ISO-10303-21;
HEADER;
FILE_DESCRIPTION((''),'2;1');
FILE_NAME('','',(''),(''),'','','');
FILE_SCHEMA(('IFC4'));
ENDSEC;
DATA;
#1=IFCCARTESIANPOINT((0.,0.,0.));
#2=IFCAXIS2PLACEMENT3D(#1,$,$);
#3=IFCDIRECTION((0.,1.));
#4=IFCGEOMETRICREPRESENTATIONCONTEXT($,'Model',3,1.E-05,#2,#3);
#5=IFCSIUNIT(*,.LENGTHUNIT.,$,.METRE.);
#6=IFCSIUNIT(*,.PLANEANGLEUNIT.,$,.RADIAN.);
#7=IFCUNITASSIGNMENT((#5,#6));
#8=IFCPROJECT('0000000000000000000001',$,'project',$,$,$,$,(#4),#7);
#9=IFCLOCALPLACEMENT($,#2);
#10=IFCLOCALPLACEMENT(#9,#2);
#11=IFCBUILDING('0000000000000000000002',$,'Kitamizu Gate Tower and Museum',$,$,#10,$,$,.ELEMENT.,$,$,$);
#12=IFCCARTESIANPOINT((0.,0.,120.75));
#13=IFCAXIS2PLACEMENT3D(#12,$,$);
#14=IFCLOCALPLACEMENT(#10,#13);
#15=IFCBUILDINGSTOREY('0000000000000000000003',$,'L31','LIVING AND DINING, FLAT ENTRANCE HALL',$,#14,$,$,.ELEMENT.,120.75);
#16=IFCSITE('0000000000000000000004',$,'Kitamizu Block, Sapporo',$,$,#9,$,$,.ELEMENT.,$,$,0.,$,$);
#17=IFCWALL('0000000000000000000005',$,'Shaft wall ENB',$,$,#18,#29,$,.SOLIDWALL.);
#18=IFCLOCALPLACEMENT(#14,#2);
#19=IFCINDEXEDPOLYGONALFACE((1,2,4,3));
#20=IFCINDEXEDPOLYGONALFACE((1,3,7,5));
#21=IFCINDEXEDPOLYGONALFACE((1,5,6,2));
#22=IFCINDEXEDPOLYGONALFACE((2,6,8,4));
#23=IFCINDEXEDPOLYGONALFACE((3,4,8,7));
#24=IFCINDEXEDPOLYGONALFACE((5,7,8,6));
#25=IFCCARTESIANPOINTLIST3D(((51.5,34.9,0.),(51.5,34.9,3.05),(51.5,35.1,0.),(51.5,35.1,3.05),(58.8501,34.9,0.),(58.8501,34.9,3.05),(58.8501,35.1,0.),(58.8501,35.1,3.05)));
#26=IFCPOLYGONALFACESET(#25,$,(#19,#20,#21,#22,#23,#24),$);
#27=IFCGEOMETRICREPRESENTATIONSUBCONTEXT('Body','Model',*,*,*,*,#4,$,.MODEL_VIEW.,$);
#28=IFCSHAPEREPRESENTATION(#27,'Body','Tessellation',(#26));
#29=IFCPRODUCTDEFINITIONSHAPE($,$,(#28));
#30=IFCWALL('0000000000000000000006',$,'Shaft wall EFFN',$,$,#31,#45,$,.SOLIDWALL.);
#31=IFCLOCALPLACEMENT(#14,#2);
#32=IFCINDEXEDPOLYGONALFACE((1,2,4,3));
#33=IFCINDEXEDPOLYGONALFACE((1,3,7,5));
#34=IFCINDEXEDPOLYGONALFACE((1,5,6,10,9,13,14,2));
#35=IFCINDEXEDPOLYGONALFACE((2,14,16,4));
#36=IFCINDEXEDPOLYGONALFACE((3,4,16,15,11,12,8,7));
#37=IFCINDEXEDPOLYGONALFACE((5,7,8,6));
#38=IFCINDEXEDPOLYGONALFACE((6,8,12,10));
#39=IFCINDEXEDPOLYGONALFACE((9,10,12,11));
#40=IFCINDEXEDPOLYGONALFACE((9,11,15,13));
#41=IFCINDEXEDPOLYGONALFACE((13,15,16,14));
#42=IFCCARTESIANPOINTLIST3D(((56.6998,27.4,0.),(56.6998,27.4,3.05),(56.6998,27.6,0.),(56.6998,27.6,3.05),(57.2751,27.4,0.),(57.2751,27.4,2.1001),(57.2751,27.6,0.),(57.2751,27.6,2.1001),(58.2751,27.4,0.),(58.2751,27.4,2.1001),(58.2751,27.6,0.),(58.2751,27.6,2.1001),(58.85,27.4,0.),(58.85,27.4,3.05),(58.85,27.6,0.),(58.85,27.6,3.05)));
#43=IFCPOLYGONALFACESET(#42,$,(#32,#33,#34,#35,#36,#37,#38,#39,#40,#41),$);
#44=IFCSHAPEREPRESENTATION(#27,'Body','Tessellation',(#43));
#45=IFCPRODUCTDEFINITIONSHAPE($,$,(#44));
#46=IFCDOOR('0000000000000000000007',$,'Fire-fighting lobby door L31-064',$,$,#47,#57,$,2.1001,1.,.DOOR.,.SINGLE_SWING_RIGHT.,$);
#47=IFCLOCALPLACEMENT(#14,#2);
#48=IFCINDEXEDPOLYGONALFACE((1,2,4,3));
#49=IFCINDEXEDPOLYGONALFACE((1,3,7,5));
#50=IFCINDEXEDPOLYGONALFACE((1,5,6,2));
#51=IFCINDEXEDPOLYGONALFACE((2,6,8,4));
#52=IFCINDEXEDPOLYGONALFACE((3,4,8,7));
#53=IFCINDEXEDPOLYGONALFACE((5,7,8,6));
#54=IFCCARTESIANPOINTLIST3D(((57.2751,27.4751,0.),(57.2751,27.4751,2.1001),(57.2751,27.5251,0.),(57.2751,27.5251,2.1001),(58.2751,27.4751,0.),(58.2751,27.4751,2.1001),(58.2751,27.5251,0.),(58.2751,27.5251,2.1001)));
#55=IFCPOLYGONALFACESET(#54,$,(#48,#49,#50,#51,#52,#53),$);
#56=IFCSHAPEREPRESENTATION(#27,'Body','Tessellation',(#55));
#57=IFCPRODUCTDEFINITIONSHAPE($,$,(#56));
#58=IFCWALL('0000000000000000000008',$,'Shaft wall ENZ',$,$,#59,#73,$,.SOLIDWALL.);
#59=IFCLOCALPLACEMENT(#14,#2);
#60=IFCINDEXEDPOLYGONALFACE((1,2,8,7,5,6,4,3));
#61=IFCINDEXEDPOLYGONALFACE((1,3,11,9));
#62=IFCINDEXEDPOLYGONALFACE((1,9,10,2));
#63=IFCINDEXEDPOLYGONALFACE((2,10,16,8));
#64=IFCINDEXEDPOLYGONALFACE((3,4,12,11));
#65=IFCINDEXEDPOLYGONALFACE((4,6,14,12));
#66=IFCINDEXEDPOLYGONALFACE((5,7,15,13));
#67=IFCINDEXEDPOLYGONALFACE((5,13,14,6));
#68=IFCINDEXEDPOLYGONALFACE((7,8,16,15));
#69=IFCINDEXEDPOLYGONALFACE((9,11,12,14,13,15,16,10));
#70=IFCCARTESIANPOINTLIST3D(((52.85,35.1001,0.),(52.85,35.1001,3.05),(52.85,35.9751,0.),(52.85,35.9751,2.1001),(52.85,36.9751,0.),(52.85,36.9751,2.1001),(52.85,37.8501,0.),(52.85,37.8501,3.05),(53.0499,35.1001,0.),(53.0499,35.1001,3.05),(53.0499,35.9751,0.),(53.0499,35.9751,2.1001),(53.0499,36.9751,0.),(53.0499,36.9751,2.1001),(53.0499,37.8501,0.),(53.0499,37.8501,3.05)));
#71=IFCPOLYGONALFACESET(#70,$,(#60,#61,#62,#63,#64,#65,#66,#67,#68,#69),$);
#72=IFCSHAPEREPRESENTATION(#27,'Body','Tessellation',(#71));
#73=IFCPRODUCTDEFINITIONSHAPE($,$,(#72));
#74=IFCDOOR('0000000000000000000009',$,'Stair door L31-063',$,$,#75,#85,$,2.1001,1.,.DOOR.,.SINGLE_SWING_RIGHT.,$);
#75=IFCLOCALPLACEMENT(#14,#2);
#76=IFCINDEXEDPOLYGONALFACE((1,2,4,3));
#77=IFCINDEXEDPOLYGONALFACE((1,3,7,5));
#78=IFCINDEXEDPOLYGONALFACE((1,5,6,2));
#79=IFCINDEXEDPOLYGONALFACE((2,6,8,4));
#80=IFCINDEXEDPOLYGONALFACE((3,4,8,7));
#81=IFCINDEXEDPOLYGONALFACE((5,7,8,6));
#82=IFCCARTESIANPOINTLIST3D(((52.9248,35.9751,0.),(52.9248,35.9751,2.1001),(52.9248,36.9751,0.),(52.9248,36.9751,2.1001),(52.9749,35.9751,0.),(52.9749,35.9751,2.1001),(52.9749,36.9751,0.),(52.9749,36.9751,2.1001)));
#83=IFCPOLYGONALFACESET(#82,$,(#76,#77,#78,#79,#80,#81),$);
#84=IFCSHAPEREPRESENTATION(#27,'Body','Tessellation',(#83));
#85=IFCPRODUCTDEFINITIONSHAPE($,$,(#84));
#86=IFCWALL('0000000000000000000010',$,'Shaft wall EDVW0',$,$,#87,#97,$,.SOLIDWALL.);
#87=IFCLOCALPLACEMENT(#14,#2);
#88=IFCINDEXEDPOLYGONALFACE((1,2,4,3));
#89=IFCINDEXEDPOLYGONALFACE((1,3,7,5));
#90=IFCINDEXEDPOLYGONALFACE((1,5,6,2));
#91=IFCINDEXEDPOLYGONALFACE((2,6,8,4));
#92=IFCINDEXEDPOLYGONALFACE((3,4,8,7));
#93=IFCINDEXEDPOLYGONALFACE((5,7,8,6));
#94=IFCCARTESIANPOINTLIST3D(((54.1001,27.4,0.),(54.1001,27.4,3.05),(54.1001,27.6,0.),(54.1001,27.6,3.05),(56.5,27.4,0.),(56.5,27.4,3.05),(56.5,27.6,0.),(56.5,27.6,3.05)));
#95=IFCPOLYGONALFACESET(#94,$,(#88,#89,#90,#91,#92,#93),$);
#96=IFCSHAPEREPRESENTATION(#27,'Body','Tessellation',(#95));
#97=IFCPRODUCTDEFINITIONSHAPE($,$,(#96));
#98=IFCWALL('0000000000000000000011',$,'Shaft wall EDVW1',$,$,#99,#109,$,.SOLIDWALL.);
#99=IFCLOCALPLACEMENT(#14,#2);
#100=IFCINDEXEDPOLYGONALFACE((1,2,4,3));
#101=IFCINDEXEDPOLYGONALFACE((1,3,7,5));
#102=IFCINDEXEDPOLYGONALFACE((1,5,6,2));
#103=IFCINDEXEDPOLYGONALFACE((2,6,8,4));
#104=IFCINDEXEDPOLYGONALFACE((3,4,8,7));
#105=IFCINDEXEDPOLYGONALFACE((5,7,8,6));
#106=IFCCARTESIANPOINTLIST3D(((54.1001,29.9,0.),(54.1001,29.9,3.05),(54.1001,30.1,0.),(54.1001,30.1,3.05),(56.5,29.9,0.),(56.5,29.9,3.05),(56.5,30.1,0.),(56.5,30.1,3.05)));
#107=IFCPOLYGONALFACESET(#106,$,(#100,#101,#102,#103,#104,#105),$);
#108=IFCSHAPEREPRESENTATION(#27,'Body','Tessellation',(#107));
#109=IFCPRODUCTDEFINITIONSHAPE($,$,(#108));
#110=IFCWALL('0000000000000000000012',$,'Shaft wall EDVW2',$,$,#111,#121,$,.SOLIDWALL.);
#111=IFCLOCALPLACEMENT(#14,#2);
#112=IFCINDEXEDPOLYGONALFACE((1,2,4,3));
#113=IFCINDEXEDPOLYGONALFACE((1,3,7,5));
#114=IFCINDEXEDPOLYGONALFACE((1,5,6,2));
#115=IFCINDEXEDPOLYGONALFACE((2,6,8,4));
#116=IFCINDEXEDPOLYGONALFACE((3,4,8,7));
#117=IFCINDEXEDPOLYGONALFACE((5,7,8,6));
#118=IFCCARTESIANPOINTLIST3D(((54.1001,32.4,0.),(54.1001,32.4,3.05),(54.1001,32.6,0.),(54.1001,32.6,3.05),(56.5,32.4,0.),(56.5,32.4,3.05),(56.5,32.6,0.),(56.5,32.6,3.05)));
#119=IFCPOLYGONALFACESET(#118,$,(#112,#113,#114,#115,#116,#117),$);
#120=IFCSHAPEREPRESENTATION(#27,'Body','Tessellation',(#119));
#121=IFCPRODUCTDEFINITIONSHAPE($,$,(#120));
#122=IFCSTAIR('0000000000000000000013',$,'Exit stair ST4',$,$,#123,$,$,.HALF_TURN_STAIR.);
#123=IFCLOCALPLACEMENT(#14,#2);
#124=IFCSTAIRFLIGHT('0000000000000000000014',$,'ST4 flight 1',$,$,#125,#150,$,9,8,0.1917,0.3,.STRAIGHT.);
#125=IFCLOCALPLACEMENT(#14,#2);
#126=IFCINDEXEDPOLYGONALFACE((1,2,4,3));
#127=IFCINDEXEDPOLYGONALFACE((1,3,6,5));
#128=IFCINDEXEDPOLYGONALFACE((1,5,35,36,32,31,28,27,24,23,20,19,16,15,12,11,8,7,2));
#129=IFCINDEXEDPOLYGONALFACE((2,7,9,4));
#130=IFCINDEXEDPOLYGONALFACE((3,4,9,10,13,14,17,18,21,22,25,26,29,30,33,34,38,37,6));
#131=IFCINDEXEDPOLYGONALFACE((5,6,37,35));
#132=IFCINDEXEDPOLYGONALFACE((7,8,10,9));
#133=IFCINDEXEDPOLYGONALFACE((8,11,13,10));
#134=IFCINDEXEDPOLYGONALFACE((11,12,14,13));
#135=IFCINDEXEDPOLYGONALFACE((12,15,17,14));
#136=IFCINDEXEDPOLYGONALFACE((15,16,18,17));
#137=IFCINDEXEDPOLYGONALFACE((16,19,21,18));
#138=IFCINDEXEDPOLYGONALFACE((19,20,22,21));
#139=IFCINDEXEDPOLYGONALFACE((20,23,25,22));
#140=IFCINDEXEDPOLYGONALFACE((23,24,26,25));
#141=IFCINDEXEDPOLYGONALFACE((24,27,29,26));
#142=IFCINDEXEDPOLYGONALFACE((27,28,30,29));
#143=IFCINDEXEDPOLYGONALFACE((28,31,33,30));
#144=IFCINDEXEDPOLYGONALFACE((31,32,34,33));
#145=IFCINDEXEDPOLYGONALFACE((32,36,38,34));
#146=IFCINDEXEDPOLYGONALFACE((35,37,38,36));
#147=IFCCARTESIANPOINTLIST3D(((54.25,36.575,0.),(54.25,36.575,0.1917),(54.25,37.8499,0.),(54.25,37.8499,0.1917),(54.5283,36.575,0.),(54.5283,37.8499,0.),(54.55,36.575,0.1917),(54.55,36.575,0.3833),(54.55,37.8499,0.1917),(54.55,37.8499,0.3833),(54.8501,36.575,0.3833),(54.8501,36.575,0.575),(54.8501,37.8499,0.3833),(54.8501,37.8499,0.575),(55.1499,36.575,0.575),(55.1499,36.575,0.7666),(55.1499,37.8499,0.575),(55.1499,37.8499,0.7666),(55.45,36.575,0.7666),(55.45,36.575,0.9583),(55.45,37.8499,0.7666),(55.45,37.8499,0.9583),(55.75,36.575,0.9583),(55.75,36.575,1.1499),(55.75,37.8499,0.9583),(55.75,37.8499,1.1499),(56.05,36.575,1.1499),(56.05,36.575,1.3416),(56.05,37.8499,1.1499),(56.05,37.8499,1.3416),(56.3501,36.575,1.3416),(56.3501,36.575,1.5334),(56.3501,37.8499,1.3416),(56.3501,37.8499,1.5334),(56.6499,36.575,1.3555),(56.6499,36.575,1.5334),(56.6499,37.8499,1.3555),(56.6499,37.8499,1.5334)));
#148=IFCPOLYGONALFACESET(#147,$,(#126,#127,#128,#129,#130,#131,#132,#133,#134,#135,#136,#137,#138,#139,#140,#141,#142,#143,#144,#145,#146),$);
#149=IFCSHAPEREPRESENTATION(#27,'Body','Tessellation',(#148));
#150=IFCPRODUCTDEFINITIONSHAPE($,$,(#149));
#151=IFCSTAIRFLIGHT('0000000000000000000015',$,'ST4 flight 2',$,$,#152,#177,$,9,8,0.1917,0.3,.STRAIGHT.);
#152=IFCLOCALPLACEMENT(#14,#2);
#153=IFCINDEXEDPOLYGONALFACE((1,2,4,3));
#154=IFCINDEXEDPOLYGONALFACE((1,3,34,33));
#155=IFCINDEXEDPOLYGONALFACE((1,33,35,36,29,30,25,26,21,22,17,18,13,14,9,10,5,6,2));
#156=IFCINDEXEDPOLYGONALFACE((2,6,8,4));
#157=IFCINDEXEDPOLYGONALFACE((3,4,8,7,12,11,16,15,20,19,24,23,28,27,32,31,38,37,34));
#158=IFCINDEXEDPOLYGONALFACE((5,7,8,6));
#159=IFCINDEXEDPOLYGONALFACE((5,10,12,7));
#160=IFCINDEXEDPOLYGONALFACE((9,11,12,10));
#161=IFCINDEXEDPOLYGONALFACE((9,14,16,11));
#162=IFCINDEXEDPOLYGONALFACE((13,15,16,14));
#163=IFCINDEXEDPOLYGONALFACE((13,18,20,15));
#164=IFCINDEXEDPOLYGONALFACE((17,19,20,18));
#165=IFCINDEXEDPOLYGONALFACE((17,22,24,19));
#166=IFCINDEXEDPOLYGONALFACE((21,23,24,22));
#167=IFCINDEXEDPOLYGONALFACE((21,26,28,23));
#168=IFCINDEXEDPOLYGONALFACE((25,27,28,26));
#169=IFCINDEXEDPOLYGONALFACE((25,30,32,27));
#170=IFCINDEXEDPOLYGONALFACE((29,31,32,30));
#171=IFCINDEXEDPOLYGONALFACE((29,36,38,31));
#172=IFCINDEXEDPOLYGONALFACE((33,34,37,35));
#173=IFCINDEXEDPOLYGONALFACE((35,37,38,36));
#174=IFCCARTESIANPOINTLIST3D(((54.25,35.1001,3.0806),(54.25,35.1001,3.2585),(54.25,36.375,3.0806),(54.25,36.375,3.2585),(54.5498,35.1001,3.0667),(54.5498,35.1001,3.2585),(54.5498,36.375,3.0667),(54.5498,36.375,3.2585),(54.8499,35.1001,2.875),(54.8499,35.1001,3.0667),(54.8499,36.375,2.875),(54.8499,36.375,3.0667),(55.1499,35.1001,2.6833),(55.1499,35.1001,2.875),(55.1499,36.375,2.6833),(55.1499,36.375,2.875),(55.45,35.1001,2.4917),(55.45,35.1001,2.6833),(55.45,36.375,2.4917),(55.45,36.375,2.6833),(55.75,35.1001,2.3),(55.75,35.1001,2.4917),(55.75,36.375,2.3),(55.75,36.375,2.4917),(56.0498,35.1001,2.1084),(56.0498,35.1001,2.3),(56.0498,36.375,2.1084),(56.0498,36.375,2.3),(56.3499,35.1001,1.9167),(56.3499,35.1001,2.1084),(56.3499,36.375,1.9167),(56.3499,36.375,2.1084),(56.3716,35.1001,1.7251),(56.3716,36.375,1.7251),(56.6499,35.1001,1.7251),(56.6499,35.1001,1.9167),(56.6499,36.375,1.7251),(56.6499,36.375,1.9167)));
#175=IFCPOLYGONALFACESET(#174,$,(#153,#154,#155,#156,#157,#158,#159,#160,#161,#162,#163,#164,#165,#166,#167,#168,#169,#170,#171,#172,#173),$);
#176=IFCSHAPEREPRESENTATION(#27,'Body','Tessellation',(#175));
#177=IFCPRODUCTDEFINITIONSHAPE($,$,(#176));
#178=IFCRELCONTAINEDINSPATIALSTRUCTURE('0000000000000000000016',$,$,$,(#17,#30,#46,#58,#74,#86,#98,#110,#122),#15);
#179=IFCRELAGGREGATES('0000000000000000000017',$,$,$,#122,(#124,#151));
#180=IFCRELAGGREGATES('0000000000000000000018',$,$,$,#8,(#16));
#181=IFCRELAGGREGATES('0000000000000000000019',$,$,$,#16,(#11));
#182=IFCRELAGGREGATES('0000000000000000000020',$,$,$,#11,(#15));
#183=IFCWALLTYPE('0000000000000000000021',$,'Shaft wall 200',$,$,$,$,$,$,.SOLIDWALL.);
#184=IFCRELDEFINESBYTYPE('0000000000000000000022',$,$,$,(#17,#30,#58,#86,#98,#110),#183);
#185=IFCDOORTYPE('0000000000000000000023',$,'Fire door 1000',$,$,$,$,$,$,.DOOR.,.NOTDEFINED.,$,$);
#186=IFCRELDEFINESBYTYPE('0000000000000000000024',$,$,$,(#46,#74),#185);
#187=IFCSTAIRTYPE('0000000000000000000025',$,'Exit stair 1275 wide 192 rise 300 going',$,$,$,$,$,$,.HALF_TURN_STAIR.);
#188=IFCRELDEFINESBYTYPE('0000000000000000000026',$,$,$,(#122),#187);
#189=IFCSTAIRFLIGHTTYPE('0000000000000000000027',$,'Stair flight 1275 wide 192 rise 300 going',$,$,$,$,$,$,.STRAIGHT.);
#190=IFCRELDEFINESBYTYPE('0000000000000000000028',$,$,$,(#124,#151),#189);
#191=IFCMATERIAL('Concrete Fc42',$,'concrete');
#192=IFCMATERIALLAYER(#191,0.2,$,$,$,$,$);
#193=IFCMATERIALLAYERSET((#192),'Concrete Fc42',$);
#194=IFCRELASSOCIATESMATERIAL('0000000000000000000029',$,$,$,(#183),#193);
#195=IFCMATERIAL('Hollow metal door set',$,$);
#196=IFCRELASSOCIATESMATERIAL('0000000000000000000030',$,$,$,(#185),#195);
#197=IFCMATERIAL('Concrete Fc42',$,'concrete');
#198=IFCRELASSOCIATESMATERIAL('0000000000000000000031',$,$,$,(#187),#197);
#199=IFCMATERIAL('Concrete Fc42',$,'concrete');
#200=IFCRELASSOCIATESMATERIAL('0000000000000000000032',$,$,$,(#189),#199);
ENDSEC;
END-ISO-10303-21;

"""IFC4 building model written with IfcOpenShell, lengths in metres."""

from ifc_helpers import new_model, si_unit, direction, frame, frame_2d, origin, place, context, subcontext, project, spatial, polyline, rectangle, outline, extrude, material, layer, layer_set, type_object, element, fill, aggregate, save


model = new_model("IFC4")

# Units and contexts
model_context = context("Model", 3, precision=1e-05, world=origin(), true_north=direction((0.0, 1.0)))
body_context = subcontext(model_context, "Body", "Model", "MODEL_VIEW")
ifc_project = project(units=[si_unit("LENGTHUNIT", "METRE"), si_unit("PLANEANGLEUNIT", "RADIAN")], contexts=[model_context])

# Site, building, storey
site_placement = place(None, origin())
site = spatial("IfcSite", under=ifc_project, at=site_placement, Name="Kitamizu Block, Sapporo", CompositionType="ELEMENT", RefElevation=0.0)
building_placement = place(site_placement, origin())
building = spatial("IfcBuilding", under=site, at=building_placement, Name="Kitamizu Gate Tower and Museum", CompositionType="ELEMENT")
storey_placement = place(building_placement, frame((0.0, 0.0, 120.75)))
storey = spatial("IfcBuildingStorey", under=building, at=storey_placement, Name="L31", Description="LIVING AND DINING, FLAT ENTRANCE HALL", CompositionType="ELEMENT", Elevation=120.75)

# Wall
ifc_material_1 = material(Name="Concrete Fc42", Category="concrete")
ifc_layer_1 = layer(ifc_material_1, 0.2)
ifc_layer_set_1 = layer_set([ifc_layer_1], Name="Concrete Fc42")
wall_type_1 = type_object("IfcWallType", Name="Shaft wall 200", PredefinedType="SOLIDWALL", material=ifc_layer_set_1)
wall_1_placement = place(storey_placement, frame((58.8501, 35.0, 0.0), z_axis=(0.0, 0.0, 1.0), x_axis=(-1.0, 0.0, 0.0)))
element("IfcWall", 1, at=wall_1_placement, inside=storey, type_object=wall_type_1, Name="Shaft wall ENB", PredefinedType="SOLIDWALL", context=body_context, shape_type="SweptSolid", body=[
    extrude(rectangle(XDim=7.3501, YDim=0.2, at=frame_2d((3.675, 0.0))), origin(), (0.0, 0.0, 1.0), 3.05),
])

# Walls, openings, doors
wall_2_placement = place(storey_placement, frame((58.8501, 27.5, 0.0), z_axis=(0.0, 0.0, 1.0), x_axis=(-1.0, 0.0, 0.0)))
wall_2 = element("IfcWall", 2, at=wall_2_placement, inside=storey, type_object=wall_type_1, Name="Shaft wall EFFN", PredefinedType="SOLIDWALL", context=body_context, shape_type="SweptSolid", body=[
    extrude(rectangle(XDim=2.1501, YDim=0.2, at=frame_2d((1.0752, 0.0))), origin(), (0.0, 0.0, 1.0), 3.05),
])
opening_1_placement = place(wall_2_placement, frame((0.575, 0.0, 0.0)))
opening_1 = element("IfcOpeningElement", 3, at=opening_1_placement, cuts=wall_2, PredefinedType="OPENING", context=body_context, shape_type="SweptSolid", body=[
    extrude(rectangle(XDim=1.0, YDim=2.1001, at=frame_2d((0.5, 1.05))), frame((0.0, 0.1099, 0.0), z_axis=(0.0, -1.0, 0.0), x_axis=(1.0, 0.0, 0.0)), (0.0, 0.0, 1.0), 0.22),
])
ifc_material_2 = material(Name="Hollow metal door set")
door_type_1 = type_object("IfcDoorType", Name="Fire door 1000", OperationType="NOTDEFINED", PredefinedType="DOOR", material=ifc_material_2)
door_1_placement = place(opening_1_placement, origin())
door_1 = element("IfcDoor", 4, at=door_1_placement, inside=storey, type_object=door_type_1, Name="Fire-fighting lobby door L31-064", OperationType="SINGLE_SWING_RIGHT", OverallHeight=2.1001, OverallWidth=1.0, PredefinedType="DOOR", context=body_context, shape_type="SweptSolid", body=[
    extrude(rectangle(XDim=1.0, YDim=2.1001, at=frame_2d((0.5, 1.05))), frame((0.0, 0.0249, 0.0), z_axis=(0.0, -1.0, 0.0), x_axis=(1.0, 0.0, 0.0)), (0.0, 0.0, 1.0), 0.05),
])
fill(opening_1, door_1)
wall_3_placement = place(storey_placement, frame((52.95, 35.1001, 0.0), z_axis=(0.0, 0.0, 1.0), x_axis=(0.0, 1.0, 0.0)))
wall_3 = element("IfcWall", 5, at=wall_3_placement, inside=storey, type_object=wall_type_1, Name="Shaft wall ENZ", PredefinedType="SOLIDWALL", context=body_context, shape_type="SweptSolid", body=[
    extrude(rectangle(XDim=2.75, YDim=0.2, at=frame_2d((1.375, 0.0))), origin(), (0.0, 0.0, 1.0), 3.05),
])
opening_2_placement = place(wall_3_placement, frame((0.875, 0.0, 0.0)))
opening_2 = element("IfcOpeningElement", 6, at=opening_2_placement, cuts=wall_3, PredefinedType="OPENING", context=body_context, shape_type="SweptSolid", body=[
    extrude(rectangle(XDim=1.0, YDim=2.1001, at=frame_2d((0.5, 1.05))), frame((0.0, 0.1099, 0.0), z_axis=(0.0, -1.0, 0.0), x_axis=(1.0, 0.0, 0.0)), (0.0, 0.0, 1.0), 0.22),
])
door_2_placement = place(opening_2_placement, frame((1.0, 0.0, 0.0), x_axis=(-1.0, 0.0, 0.0)))
door_2 = element("IfcDoor", 7, at=door_2_placement, inside=storey, type_object=door_type_1, Name="Stair door L31-063", OperationType="SINGLE_SWING_RIGHT", OverallHeight=2.1001, OverallWidth=1.0, PredefinedType="DOOR", context=body_context, shape_type="SweptSolid", body=[
    extrude(rectangle(XDim=1.0, YDim=2.1001, at=frame_2d((0.5, 1.05))), frame((0.0, 0.0249, 0.0), z_axis=(0.0, -1.0, 0.0), x_axis=(1.0, 0.0, 0.0)), (0.0, 0.0, 1.0), 0.05),
])
fill(opening_2, door_2)

# Walls
for number, where, z_axis, x_axis, name in (
    (8, (56.5, 27.5, 0.0), (0.0, 0.0, 1.0), (-1.0, 0.0, 0.0), "Shaft wall EDVW0"),
    (9, (56.5, 30.0, 0.0), (0.0, 0.0, 1.0), (-1.0, 0.0, 0.0), "Shaft wall EDVW1"),
    (10, (56.5, 32.5, 0.0), (0.0, 0.0, 1.0), (-1.0, 0.0, 0.0), "Shaft wall EDVW2"),
):
    element("IfcWall", number, at=place(storey_placement, frame(where, z_axis=z_axis, x_axis=x_axis)), inside=storey, type_object=wall_type_1, Name=name, PredefinedType="SOLIDWALL", context=body_context, shape_type="SweptSolid", body=[
        extrude(rectangle(XDim=2.3999, YDim=0.2, at=frame_2d((1.2, 0.0))), origin(), (0.0, 0.0, 1.0), 3.05),
    ])

# Stair, stair flights
ifc_material_3 = material(Name="Concrete Fc42", Category="concrete")
stair_type = type_object("IfcStairType", Name="Exit stair 1275 wide 192 rise 300 going", PredefinedType="HALF_TURN_STAIR", material=ifc_material_3)
stair_placement = place(storey_placement, origin())
stair = element("IfcStair", 11, at=stair_placement, inside=storey, type_object=stair_type, Name="Exit stair ST4", PredefinedType="HALF_TURN_STAIR")
ifc_material_4 = material(Name="Concrete Fc42", Category="concrete")
stair_flight_type = type_object("IfcStairFlightType", Name="Stair flight 1275 wide 192 rise 300 going", PredefinedType="STRAIGHT", material=ifc_material_4)
stair_flight_1_placement = place(storey_placement, frame((54.25, 37.2124, 0.0), z_axis=(0.0, 0.0, 1.0), x_axis=(1.0, 0.0, 0.0)))
stair_flight_1 = element("IfcStairFlight", 12, at=stair_flight_1_placement, type_object=stair_flight_type, Name="ST4 flight 1", NumberOfRisers=9, NumberOfTreads=8, PredefinedType="STRAIGHT", RiserHeight=0.1917, TreadLength=0.3, context=body_context, shape_type="SweptSolid", body=[
    extrude(outline(polyline([(0.0, 0.0), (0.0, 0.1917), (0.3, 0.1917), (0.3, 0.3833), (0.6001, 0.3833), (0.6001, 0.575), (0.8999, 0.575), (0.8999, 0.7666), (1.2, 0.7666), (1.2, 0.9583), (1.5, 0.9583), (1.5, 1.1499), (1.8, 1.1499), (1.8, 1.3416), (2.1001, 1.3416), (2.1001, 1.5334), (2.3999, 1.5334), (2.3999, 1.7251), (2.3999, 1.3555), (0.2783, 0.0), (0.0, 0.0)])), frame((0.0, 0.6375, 0.0), z_axis=(0.0, -1.0, 0.0), x_axis=(1.0, 0.0, 0.0)), (0.0, 0.0, 1.0), 1.2749),
])
stair_flight_2_placement = place(storey_placement, frame((56.6499, 35.7375, 1.7251), z_axis=(0.0, 0.0, 1.0), x_axis=(-1.0, 0.0, 0.0)))
stair_flight_2 = element("IfcStairFlight", 13, at=stair_flight_2_placement, type_object=stair_flight_type, Name="ST4 flight 2", NumberOfRisers=9, NumberOfTreads=8, PredefinedType="STRAIGHT", RiserHeight=0.1917, TreadLength=0.3, context=body_context, shape_type="SweptSolid", body=[
    extrude(outline(polyline([(0.0, 0.0), (0.0, 0.1917), (0.3, 0.1917), (0.3, 0.3833), (0.6001, 0.3833), (0.6001, 0.575), (0.8999, 0.575), (0.8999, 0.7666), (1.2, 0.7666), (1.2, 0.9583), (1.5, 0.9583), (1.5, 1.1499), (1.8, 1.1499), (1.8, 1.3416), (2.1001, 1.3416), (2.1001, 1.5334), (2.3999, 1.5334), (2.3999, 1.7251), (2.3999, 1.3555), (0.2783, 0.0), (0.0, 0.0)])), frame((0.0, 0.6375, 0.0), z_axis=(0.0, -1.0, 0.0), x_axis=(1.0, 0.0, 0.0)), (0.0, 0.0, 1.0), 1.2749),
])
aggregate(stair, [stair_flight_1, stair_flight_2])

save(model, "model.ifc")
